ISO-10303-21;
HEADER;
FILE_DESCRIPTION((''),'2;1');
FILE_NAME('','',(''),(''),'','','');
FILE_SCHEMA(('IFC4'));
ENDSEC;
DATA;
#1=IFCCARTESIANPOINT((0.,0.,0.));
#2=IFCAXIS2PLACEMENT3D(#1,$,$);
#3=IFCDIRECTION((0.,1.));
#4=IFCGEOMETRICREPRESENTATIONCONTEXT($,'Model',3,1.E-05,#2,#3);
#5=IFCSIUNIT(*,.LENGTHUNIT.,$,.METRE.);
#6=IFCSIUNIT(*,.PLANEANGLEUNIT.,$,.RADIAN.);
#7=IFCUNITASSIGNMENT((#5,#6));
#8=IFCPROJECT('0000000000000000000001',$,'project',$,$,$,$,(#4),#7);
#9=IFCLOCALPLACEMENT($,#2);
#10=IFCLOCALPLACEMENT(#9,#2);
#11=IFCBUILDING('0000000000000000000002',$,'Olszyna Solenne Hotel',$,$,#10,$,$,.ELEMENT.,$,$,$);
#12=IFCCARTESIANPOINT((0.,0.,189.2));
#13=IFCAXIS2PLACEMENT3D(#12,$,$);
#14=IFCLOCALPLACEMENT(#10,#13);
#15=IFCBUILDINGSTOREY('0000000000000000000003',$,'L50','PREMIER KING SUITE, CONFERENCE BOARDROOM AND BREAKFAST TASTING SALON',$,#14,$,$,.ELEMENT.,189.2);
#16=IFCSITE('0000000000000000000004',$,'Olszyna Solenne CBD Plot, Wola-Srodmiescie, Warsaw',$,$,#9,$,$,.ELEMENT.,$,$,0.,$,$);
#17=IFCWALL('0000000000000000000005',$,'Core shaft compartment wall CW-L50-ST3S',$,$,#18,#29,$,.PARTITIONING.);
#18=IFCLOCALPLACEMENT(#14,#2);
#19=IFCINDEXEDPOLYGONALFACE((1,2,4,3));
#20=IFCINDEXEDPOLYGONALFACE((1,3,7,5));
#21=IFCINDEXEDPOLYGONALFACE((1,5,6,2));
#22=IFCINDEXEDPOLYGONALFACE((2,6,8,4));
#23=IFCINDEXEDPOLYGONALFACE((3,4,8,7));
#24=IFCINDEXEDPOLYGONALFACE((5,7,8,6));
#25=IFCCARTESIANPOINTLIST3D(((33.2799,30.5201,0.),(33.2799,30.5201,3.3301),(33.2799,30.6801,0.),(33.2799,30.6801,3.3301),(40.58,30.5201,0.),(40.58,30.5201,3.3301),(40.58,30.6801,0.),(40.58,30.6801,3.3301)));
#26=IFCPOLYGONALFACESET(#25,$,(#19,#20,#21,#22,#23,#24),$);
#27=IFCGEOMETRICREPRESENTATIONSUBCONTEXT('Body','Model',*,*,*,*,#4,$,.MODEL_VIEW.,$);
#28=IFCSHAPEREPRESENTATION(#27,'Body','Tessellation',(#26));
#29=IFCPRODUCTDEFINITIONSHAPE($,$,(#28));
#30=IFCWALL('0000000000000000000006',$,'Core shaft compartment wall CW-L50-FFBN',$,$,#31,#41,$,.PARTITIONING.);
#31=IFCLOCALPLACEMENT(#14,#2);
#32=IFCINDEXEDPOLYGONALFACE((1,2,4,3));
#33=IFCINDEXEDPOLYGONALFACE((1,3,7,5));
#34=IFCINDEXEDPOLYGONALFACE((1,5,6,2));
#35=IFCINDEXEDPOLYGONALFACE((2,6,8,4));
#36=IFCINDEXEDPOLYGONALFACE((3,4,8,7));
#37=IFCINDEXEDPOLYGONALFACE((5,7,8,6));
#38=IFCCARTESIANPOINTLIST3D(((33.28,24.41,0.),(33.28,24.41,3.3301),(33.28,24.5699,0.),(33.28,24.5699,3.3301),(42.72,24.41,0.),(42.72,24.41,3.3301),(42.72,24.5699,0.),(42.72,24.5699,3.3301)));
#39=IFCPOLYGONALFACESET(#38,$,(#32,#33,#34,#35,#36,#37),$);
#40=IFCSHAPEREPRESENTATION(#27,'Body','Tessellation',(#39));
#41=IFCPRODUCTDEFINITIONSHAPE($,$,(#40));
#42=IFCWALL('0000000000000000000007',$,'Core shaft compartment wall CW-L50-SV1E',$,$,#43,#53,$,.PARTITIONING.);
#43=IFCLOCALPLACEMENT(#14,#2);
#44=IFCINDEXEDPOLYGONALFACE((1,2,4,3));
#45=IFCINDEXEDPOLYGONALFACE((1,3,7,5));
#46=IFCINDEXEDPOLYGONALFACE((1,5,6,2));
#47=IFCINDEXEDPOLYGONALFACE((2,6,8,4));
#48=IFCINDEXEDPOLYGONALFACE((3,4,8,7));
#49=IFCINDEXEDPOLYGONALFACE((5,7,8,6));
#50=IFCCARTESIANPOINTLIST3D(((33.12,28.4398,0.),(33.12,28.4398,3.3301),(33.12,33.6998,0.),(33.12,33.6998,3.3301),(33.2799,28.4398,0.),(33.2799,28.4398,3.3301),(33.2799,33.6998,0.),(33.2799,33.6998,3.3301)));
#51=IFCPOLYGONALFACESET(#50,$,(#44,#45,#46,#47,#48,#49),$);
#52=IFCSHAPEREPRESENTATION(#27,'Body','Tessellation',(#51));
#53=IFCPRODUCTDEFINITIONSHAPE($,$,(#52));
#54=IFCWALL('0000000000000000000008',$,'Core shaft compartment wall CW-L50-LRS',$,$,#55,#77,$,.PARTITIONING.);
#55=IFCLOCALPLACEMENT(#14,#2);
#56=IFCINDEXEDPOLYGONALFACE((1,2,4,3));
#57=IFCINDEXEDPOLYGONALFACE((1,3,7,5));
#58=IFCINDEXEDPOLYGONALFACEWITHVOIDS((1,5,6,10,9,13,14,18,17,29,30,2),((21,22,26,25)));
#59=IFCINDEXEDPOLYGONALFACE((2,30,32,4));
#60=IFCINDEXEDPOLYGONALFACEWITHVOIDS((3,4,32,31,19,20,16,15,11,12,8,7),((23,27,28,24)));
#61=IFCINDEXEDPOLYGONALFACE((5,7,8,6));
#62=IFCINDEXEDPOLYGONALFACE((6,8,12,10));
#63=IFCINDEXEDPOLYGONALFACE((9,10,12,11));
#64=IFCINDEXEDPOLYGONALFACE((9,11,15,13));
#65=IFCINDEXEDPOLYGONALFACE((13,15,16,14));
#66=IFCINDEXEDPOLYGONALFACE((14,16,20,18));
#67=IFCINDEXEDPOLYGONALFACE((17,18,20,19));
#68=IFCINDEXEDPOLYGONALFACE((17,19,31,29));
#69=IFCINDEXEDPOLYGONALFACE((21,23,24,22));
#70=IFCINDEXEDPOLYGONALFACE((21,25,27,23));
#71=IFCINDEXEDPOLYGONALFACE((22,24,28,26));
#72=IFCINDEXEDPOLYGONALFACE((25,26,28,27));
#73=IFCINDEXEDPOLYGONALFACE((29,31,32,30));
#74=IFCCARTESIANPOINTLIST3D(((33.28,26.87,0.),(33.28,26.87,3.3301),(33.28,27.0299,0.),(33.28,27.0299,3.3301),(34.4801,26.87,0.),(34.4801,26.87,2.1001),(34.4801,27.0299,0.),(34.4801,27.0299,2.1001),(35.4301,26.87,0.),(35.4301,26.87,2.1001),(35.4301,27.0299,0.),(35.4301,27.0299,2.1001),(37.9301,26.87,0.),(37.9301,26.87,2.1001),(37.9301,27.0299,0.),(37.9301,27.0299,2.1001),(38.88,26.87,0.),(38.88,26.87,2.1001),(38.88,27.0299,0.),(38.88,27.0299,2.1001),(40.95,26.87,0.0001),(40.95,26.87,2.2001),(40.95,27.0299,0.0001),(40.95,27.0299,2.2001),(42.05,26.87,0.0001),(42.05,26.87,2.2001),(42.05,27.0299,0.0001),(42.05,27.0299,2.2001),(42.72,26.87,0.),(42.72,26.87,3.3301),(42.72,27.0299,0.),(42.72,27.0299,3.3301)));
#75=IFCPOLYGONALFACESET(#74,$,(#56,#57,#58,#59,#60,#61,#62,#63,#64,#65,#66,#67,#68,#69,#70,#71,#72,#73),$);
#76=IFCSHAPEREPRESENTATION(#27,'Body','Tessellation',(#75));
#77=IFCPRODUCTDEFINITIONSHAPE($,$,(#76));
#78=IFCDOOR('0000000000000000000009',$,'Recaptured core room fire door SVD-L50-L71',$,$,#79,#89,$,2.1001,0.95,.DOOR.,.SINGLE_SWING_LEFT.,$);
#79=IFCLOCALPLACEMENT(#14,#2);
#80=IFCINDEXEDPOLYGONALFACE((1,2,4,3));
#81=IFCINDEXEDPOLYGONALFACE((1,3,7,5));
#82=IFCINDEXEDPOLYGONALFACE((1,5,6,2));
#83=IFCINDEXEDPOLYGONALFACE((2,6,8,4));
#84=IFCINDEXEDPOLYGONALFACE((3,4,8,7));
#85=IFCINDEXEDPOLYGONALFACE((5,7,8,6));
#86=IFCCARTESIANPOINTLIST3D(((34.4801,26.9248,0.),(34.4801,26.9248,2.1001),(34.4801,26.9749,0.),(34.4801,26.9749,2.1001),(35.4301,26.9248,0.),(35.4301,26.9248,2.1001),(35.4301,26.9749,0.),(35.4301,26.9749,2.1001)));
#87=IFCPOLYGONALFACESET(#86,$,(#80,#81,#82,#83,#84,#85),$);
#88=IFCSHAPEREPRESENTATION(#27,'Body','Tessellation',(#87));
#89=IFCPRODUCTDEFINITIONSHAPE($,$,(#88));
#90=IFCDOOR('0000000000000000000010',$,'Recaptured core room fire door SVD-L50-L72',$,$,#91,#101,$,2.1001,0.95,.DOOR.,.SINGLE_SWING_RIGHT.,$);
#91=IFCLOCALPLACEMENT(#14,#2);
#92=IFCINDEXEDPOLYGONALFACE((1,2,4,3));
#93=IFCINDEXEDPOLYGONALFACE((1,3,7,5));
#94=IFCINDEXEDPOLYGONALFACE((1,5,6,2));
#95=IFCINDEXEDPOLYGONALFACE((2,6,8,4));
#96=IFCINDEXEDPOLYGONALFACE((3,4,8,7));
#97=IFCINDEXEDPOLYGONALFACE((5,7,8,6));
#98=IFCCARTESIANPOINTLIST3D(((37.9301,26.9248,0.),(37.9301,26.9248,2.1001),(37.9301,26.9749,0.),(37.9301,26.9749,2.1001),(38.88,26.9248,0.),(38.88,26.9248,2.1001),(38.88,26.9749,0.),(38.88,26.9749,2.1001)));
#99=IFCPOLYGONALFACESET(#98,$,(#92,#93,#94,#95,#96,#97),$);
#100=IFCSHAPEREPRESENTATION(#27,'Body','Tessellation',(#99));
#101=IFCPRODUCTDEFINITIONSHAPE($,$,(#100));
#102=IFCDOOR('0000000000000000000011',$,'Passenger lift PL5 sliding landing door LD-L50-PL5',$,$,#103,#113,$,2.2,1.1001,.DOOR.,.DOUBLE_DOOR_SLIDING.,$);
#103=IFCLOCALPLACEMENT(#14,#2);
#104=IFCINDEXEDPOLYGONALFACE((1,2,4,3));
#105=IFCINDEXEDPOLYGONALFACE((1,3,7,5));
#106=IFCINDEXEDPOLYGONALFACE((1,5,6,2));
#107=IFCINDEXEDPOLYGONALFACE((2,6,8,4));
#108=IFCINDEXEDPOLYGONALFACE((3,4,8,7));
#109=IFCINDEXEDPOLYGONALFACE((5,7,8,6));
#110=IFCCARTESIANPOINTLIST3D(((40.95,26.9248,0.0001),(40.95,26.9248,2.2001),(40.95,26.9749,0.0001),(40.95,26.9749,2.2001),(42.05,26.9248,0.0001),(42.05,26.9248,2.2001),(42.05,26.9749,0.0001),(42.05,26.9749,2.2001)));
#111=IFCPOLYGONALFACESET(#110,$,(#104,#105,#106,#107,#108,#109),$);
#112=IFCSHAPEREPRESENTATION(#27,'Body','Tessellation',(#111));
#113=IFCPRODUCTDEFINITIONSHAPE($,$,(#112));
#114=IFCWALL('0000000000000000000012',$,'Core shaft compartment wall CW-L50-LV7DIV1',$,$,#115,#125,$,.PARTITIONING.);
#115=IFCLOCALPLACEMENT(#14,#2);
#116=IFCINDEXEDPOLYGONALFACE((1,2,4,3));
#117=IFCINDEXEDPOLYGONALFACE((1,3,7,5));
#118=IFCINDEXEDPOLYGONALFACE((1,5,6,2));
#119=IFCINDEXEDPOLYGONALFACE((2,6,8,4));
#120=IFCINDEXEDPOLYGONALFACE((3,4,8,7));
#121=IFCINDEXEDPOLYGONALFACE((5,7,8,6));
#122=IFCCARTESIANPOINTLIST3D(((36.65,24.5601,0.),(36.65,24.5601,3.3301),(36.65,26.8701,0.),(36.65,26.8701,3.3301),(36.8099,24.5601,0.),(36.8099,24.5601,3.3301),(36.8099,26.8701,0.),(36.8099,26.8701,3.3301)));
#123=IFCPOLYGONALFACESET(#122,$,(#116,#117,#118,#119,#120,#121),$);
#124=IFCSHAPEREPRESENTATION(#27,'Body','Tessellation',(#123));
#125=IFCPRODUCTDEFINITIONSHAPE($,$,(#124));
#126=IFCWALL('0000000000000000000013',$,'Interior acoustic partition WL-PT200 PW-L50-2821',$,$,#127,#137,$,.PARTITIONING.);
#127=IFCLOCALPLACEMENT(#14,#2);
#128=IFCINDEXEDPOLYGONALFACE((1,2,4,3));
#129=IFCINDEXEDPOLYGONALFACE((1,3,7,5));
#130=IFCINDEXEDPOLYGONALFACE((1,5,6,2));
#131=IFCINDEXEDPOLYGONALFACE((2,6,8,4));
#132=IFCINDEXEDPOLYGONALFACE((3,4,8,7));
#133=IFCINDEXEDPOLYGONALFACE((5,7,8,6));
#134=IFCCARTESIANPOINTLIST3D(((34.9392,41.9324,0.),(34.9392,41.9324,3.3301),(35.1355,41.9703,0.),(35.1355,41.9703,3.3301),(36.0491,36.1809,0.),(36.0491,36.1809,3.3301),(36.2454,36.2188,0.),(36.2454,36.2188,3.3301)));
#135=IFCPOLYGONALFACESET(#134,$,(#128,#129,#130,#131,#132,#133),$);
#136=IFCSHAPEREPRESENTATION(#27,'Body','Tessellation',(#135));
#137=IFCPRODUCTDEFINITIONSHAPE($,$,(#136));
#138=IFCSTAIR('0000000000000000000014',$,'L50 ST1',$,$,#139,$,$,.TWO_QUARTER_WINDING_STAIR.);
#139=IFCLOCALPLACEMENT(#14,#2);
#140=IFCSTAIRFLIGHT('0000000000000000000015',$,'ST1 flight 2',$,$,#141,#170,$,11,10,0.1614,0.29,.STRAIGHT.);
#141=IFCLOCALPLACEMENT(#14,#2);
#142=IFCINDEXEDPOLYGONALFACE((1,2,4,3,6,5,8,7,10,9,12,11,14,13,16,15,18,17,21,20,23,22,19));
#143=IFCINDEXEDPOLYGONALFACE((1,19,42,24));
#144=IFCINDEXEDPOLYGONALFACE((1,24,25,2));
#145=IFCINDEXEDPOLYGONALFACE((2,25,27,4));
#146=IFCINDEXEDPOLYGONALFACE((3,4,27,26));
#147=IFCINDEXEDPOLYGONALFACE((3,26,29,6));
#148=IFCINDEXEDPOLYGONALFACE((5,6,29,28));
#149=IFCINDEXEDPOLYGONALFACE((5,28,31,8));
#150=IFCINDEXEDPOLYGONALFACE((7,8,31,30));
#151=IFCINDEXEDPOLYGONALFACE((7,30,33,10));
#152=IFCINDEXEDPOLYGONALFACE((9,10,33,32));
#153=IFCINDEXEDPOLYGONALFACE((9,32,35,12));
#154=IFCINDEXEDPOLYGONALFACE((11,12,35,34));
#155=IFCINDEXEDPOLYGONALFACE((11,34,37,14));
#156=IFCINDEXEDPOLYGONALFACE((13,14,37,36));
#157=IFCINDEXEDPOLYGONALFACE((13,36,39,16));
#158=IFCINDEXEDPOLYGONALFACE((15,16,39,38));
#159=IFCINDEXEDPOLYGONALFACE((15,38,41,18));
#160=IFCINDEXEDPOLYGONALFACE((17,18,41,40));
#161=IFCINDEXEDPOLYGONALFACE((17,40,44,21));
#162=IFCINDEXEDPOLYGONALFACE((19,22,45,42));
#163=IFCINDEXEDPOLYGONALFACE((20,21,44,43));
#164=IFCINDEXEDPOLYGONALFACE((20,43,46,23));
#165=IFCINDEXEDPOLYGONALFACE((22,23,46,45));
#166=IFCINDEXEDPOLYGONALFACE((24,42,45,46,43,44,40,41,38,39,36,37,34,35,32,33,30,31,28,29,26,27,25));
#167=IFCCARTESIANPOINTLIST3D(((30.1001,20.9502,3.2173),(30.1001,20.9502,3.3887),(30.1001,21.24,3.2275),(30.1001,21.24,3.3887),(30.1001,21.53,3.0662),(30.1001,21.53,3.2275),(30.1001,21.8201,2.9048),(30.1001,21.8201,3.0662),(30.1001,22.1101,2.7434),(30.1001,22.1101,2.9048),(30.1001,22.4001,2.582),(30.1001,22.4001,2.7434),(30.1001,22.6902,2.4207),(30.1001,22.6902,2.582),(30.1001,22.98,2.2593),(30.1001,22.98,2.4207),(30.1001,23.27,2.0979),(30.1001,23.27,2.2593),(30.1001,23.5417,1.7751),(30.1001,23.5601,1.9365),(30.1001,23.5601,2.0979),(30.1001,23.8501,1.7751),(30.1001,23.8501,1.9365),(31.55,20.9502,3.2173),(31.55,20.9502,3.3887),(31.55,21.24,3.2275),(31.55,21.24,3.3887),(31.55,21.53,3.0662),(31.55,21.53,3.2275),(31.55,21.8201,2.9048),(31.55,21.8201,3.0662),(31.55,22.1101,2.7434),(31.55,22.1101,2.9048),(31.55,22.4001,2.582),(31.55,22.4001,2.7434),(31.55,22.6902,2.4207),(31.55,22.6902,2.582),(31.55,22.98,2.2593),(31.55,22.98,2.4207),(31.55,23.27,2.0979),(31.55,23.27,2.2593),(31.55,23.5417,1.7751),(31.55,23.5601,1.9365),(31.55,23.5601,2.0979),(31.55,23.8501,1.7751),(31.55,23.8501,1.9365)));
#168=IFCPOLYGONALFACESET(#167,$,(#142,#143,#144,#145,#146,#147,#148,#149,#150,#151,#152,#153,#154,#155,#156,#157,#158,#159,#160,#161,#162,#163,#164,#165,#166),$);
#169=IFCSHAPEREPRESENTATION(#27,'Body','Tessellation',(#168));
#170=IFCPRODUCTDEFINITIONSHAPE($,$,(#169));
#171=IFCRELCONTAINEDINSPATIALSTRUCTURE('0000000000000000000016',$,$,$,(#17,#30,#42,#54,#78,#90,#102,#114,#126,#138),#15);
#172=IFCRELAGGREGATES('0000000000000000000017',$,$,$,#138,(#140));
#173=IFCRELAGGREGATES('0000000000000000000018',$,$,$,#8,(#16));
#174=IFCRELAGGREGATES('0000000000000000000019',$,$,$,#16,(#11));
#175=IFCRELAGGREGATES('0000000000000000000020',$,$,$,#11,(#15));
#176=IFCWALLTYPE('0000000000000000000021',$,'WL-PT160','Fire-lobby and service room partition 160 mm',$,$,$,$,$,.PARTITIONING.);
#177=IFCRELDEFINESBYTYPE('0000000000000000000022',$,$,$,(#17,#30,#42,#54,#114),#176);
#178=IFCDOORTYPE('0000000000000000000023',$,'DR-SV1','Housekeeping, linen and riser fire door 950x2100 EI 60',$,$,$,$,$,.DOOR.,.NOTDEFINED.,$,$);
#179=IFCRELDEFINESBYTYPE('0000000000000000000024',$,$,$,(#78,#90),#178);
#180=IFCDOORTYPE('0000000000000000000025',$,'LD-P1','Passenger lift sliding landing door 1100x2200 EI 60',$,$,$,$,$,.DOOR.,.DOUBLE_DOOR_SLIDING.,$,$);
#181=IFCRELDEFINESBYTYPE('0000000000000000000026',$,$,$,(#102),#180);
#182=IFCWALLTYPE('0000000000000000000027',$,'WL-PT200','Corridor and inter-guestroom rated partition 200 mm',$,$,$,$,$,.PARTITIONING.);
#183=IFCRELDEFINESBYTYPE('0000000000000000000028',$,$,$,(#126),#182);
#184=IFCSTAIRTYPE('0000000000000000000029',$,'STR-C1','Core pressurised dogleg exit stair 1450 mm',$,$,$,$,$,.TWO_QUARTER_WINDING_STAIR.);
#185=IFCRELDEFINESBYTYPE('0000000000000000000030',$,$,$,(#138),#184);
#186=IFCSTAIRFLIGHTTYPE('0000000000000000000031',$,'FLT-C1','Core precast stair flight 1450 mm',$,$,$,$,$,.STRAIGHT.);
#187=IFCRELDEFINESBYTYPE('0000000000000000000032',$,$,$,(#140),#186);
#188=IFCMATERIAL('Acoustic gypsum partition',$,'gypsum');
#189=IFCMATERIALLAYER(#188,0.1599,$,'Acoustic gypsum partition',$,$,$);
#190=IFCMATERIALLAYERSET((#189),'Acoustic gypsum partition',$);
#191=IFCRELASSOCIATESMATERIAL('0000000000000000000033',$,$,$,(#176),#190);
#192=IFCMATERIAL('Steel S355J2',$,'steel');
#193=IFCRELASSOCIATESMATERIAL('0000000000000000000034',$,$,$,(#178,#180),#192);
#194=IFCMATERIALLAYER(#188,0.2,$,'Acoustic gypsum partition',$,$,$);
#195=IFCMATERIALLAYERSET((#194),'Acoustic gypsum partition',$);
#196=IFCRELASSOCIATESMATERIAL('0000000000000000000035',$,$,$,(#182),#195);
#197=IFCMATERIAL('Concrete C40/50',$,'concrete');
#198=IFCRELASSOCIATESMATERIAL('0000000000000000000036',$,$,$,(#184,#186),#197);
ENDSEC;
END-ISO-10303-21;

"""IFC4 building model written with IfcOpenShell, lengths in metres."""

from ifc_helpers import new_model, si_unit, direction, frame, frame_2d, origin, place, context, subcontext, project, spatial, polyline, rectangle, outline, extrude, source, transform, mapped, material, layer, layer_set, type_object, type_shapes, element, fill, aggregate, save


model = new_model("IFC4")

# Units and contexts
model_context = context("Model", 3, precision=1e-05, world=origin(), true_north=direction((0.0, 1.0)))
body_context = subcontext(model_context, "Body", "Model", "MODEL_VIEW")
ifc_project = project(units=[si_unit("LENGTHUNIT", "METRE"), si_unit("PLANEANGLEUNIT", "RADIAN")], contexts=[model_context])

# Site, building, storey
site_placement = place(None, origin())
site = spatial("IfcSite", under=ifc_project, at=site_placement, Name="Olszyna Solenne CBD Plot, Wola-Srodmiescie, Warsaw", CompositionType="ELEMENT", RefElevation=0.0)
building_placement = place(site_placement, origin())
building = spatial("IfcBuilding", under=site, at=building_placement, Name="Olszyna Solenne Hotel", CompositionType="ELEMENT")
storey_placement = place(building_placement, frame((0.0, 0.0, 189.2)))
storey = spatial("IfcBuildingStorey", under=building, at=storey_placement, Name="L50", Description="PREMIER KING SUITE, CONFERENCE BOARDROOM AND BREAKFAST TASTING SALON", CompositionType="ELEMENT", Elevation=189.2)

# Shared definitions
ifc_material_1 = material(Name="Steel S355J2", Category="steel")

# Shared definitions
ifc_material_2 = material(Name="Acoustic gypsum partition", Category="gypsum")

# Walls
ifc_layer_1 = layer(ifc_material_2, 0.1599, Name="Acoustic gypsum partition")
ifc_layer_set_1 = layer_set([ifc_layer_1], Name="Acoustic gypsum partition")
wall_type_1 = type_object("IfcWallType", Name="WL-PT160", Description="Fire-lobby and service room partition 160 mm", PredefinedType="PARTITIONING", material=ifc_layer_set_1)
wall_1_placement = place(storey_placement, frame((33.28, 30.6001, 0.0), z_axis=(0.0, 0.0, 1.0), x_axis=(1.0, 0.0, 0.0)))
element("IfcWall", 1, at=wall_1_placement, inside=storey, type_object=wall_type_1, Name="Core shaft compartment wall CW-L50-ST3S", PredefinedType="PARTITIONING", context=body_context, shape_type="SweptSolid", body=[
    extrude(rectangle(XDim=7.3, YDim=0.1599, at=frame_2d((3.6499, 0.0))), origin(), (0.0, 0.0, 1.0), 3.3301),
])
wall_2_placement = place(storey_placement, frame((33.28, 24.49, 0.0), z_axis=(0.0, 0.0, 1.0), x_axis=(1.0, 0.0, 0.0)))
element("IfcWall", 2, at=wall_2_placement, inside=storey, type_object=wall_type_1, Name="Core shaft compartment wall CW-L50-FFBN", PredefinedType="PARTITIONING", context=body_context, shape_type="SweptSolid", body=[
    extrude(rectangle(XDim=9.4399, YDim=0.1599, at=frame_2d((4.72, 0.0))), origin(), (0.0, 0.0, 1.0), 3.3301),
])
wall_3_placement = place(storey_placement, frame((33.2, 28.4399, 0.0), z_axis=(0.0, 0.0, 1.0), x_axis=(0.0, 1.0, 0.0)))
element("IfcWall", 3, at=wall_3_placement, inside=storey, type_object=wall_type_1, Name="Core shaft compartment wall CW-L50-SV1E", PredefinedType="PARTITIONING", context=body_context, shape_type="SweptSolid", body=[
    extrude(rectangle(XDim=5.26, YDim=0.1599, at=frame_2d((2.6299, 0.0))), origin(), (0.0, 0.0, 1.0), 3.3301),
])

# Wall, openings, doors
wall_4_placement = place(storey_placement, frame((33.28, 26.95, 0.0), z_axis=(0.0, 0.0, 1.0), x_axis=(1.0, 0.0, 0.0)))
wall_4 = element("IfcWall", 4, at=wall_4_placement, inside=storey, type_object=wall_type_1, Name="Core shaft compartment wall CW-L50-LRS", PredefinedType="PARTITIONING", context=body_context, shape_type="SweptSolid", body=[
    extrude(rectangle(XDim=9.4399, YDim=0.1599, at=frame_2d((4.72, 0.0))), origin(), (0.0, 0.0, 1.0), 3.3301),
])
opening_1_placement = place(wall_4_placement, frame((1.2, 0.0, 0.0)))
opening_1 = element("IfcOpeningElement", 5, at=opening_1_placement, cuts=wall_4, PredefinedType="OPENING", context=body_context, shape_type="SweptSolid", body=[
    extrude(rectangle(XDim=0.95, YDim=2.1001, at=frame_2d((0.4751, 1.05))), frame((0.0, 0.0898, 0.0), z_axis=(0.0, -1.0, 0.0), x_axis=(1.0, 0.0, 0.0)), (0.0, 0.0, 1.0), 0.1799),
])
opening_2_placement = place(wall_4_placement, frame((4.6499, 0.0, 0.0)))
opening_2 = element("IfcOpeningElement", 6, at=opening_2_placement, cuts=wall_4, PredefinedType="OPENING", context=body_context, shape_type="SweptSolid", body=[
    extrude(rectangle(XDim=0.95, YDim=2.1001, at=frame_2d((0.4751, 1.05))), frame((0.0, 0.0898, 0.0), z_axis=(0.0, -1.0, 0.0), x_axis=(1.0, 0.0, 0.0)), (0.0, 0.0, 1.0), 0.1799),
])
opening_3_placement = place(wall_4_placement, frame((7.6699, 0.0, 0.0)))
opening_3 = element("IfcOpeningElement", 7, at=opening_3_placement, cuts=wall_4, PredefinedType="OPENING", context=body_context, shape_type="SweptSolid", body=[
    extrude(rectangle(XDim=1.1001, YDim=2.2, at=frame_2d((0.55, 1.1001))), frame((0.0, 0.0898, 0.0), z_axis=(0.0, -1.0, 0.0), x_axis=(1.0, 0.0, 0.0)), (0.0, 0.0, 1.0), 0.1799),
])
door_type_1 = type_object("IfcDoorType", Name="DR-SV1", Description="Housekeeping, linen and riser fire door 950x2100 EI 60", OperationType="NOTDEFINED", PredefinedType="DOOR", material=ifc_material_1)
shared_shape_1 = source(origin(), body_context, "Body", "SweptSolid", [
    extrude(rectangle(XDim=0.95, YDim=2.1001, at=frame_2d((0.4751, 1.05))), frame((0.0, 0.0249, 0.0), z_axis=(0.0, -1.0, 0.0), x_axis=(1.0, 0.0, 0.0)), (0.0, 0.0, 1.0), 0.05),
])
type_shapes(door_type_1, [shared_shape_1])
door_1_placement = place(opening_1_placement, origin())
door_1 = element("IfcDoor", 8, at=door_1_placement, inside=storey, type_object=door_type_1, Name="Recaptured core room fire door SVD-L50-L71", OperationType="SINGLE_SWING_LEFT", OverallHeight=2.1001, OverallWidth=0.95, PredefinedType="DOOR", context=body_context, shape_type="MappedRepresentation", body=[
    mapped(shared_shape_1, transform((0.0, 0.0, 0.0), x_axis=(1.0, 0.0, 0.0), y_axis=(0.0, 1.0, 0.0), z_axis=(0.0, 0.0, 1.0), scale=1.0)),
])
fill(opening_1, door_1)
door_2_placement = place(opening_2_placement, origin())
door_2 = element("IfcDoor", 9, at=door_2_placement, inside=storey, type_object=door_type_1, Name="Recaptured core room fire door SVD-L50-L72", OperationType="SINGLE_SWING_RIGHT", OverallHeight=2.1001, OverallWidth=0.95, PredefinedType="DOOR", context=body_context, shape_type="MappedRepresentation", body=[
    mapped(shared_shape_1, transform((0.0, 0.0, 0.0), x_axis=(1.0, 0.0, 0.0), y_axis=(0.0, 1.0, 0.0), z_axis=(0.0, 0.0, 1.0), scale=1.0)),
])
fill(opening_2, door_2)
door_type_2 = type_object("IfcDoorType", Name="LD-P1", Description="Passenger lift sliding landing door 1100x2200 EI 60", OperationType="DOUBLE_DOOR_SLIDING", PredefinedType="DOOR", material=ifc_material_1)
shared_shape_2 = source(origin(), body_context, "Body", "SweptSolid", [
    extrude(rectangle(XDim=1.1001, YDim=2.2, at=frame_2d((0.55, 1.1001))), frame((0.0, 0.0249, 0.0), z_axis=(0.0, -1.0, 0.0), x_axis=(1.0, 0.0, 0.0)), (0.0, 0.0, 1.0), 0.05),
])
type_shapes(door_type_2, [shared_shape_2])
door_3_placement = place(opening_3_placement, origin())
door_3 = element("IfcDoor", 10, at=door_3_placement, inside=storey, type_object=door_type_2, Name="Passenger lift PL5 sliding landing door LD-L50-PL5", OperationType="DOUBLE_DOOR_SLIDING", OverallHeight=2.2, OverallWidth=1.1001, PredefinedType="DOOR", context=body_context, shape_type="MappedRepresentation", body=[
    mapped(shared_shape_2, transform((0.0, 0.0, 0.0), x_axis=(1.0, 0.0, 0.0), y_axis=(0.0, 1.0, 0.0), z_axis=(0.0, 0.0, 1.0), scale=1.0)),
])
fill(opening_3, door_3)

# Wall
wall_5_placement = place(storey_placement, frame((36.73, 24.5601, 0.0), z_axis=(0.0, 0.0, 1.0), x_axis=(0.0, 1.0, 0.0)))
element("IfcWall", 11, at=wall_5_placement, inside=storey, type_object=wall_type_1, Name="Core shaft compartment wall CW-L50-LV7DIV1", PredefinedType="PARTITIONING", context=body_context, shape_type="SweptSolid", body=[
    extrude(rectangle(XDim=2.3101, YDim=0.1599, at=frame_2d((1.155, 0.0))), origin(), (0.0, 0.0, 1.0), 3.3301),
])

# Wall
ifc_layer_2 = layer(ifc_material_2, 0.2, Name="Acoustic gypsum partition")
ifc_layer_set_2 = layer_set([ifc_layer_2], Name="Acoustic gypsum partition")
wall_type_2 = type_object("IfcWallType", Name="WL-PT200", Description="Corridor and inter-guestroom rated partition 200 mm", PredefinedType="PARTITIONING", material=ifc_layer_set_2)
wall_6_placement = place(storey_placement, frame((36.1472, 36.2, 0.0), z_axis=(0.0, 0.0, 1.0), x_axis=(-0.189475, 0.981886, 0.0)))
element("IfcWall", 12, at=wall_6_placement, inside=storey, type_object=wall_type_2, Name="Interior acoustic partition WL-PT200 PW-L50-2821", PredefinedType="PARTITIONING", context=body_context, shape_type="SweptSolid", body=[
    extrude(rectangle(XDim=5.8577, YDim=0.2, at=frame_2d((2.9287, 0.0))), origin(), (0.0, 0.0, 1.0), 3.3301),
])

# Stair, stair flight
ifc_material_3 = material(Name="Concrete C40/50", Category="concrete")
stair_type = type_object("IfcStairType", Name="STR-C1", Description="Core pressurised dogleg exit stair 1450 mm", PredefinedType="TWO_QUARTER_WINDING_STAIR", material=ifc_material_3)
stair_1_placement = place(storey_placement, origin())
stair_1 = element("IfcStair", 13, at=stair_1_placement, inside=storey, type_object=stair_type, Name="L50 ST1", PredefinedType="TWO_QUARTER_WINDING_STAIR")
stair_flight_type = type_object("IfcStairFlightType", Name="FLT-C1", Description="Core precast stair flight 1450 mm", PredefinedType="STRAIGHT", material=ifc_material_3)
stair_flight_1_placement = place(storey_placement, frame((30.825, 23.8501, 1.7751), z_axis=(0.0, 0.0, 1.0), x_axis=(0.0, -1.0, 0.0)))
stair_flight_1 = element("IfcStairFlight", 14, at=stair_flight_1_placement, type_object=stair_flight_type, Name="ST1 flight 2", NumberOfRisers=11, NumberOfTreads=10, PredefinedType="STRAIGHT", RiserHeight=0.1614, TreadLength=0.29, context=body_context, shape_type="SweptSolid", body=[
    extrude(outline(polyline([(0.0, 0.0), (0.0, 0.1614), (0.29, 0.1614), (0.29, 0.3228), (0.5801, 0.3228), (0.5801, 0.4841), (0.8701, 0.4841), (0.8701, 0.6455), (1.1599, 0.6455), (1.1599, 0.8069), (1.45, 0.8069), (1.45, 0.9683), (1.74, 0.9683), (1.74, 1.1296), (2.03, 1.1296), (2.03, 1.291), (2.3201, 1.291), (2.3201, 1.4524), (2.6101, 1.4524), (2.6101, 1.6135), (2.8999, 1.6135), (2.8999, 1.7749), (2.8999, 1.4421), (0.3083, 0.0), (0.0, 0.0)])), frame((0.0, 0.7251, 0.0), z_axis=(0.0, -1.0, 0.0), x_axis=(1.0, 0.0, 0.0)), (0.0, 0.0, 1.0), 1.45),
])
aggregate(stair_1, [stair_flight_1])

save(model, "model.ifc")
